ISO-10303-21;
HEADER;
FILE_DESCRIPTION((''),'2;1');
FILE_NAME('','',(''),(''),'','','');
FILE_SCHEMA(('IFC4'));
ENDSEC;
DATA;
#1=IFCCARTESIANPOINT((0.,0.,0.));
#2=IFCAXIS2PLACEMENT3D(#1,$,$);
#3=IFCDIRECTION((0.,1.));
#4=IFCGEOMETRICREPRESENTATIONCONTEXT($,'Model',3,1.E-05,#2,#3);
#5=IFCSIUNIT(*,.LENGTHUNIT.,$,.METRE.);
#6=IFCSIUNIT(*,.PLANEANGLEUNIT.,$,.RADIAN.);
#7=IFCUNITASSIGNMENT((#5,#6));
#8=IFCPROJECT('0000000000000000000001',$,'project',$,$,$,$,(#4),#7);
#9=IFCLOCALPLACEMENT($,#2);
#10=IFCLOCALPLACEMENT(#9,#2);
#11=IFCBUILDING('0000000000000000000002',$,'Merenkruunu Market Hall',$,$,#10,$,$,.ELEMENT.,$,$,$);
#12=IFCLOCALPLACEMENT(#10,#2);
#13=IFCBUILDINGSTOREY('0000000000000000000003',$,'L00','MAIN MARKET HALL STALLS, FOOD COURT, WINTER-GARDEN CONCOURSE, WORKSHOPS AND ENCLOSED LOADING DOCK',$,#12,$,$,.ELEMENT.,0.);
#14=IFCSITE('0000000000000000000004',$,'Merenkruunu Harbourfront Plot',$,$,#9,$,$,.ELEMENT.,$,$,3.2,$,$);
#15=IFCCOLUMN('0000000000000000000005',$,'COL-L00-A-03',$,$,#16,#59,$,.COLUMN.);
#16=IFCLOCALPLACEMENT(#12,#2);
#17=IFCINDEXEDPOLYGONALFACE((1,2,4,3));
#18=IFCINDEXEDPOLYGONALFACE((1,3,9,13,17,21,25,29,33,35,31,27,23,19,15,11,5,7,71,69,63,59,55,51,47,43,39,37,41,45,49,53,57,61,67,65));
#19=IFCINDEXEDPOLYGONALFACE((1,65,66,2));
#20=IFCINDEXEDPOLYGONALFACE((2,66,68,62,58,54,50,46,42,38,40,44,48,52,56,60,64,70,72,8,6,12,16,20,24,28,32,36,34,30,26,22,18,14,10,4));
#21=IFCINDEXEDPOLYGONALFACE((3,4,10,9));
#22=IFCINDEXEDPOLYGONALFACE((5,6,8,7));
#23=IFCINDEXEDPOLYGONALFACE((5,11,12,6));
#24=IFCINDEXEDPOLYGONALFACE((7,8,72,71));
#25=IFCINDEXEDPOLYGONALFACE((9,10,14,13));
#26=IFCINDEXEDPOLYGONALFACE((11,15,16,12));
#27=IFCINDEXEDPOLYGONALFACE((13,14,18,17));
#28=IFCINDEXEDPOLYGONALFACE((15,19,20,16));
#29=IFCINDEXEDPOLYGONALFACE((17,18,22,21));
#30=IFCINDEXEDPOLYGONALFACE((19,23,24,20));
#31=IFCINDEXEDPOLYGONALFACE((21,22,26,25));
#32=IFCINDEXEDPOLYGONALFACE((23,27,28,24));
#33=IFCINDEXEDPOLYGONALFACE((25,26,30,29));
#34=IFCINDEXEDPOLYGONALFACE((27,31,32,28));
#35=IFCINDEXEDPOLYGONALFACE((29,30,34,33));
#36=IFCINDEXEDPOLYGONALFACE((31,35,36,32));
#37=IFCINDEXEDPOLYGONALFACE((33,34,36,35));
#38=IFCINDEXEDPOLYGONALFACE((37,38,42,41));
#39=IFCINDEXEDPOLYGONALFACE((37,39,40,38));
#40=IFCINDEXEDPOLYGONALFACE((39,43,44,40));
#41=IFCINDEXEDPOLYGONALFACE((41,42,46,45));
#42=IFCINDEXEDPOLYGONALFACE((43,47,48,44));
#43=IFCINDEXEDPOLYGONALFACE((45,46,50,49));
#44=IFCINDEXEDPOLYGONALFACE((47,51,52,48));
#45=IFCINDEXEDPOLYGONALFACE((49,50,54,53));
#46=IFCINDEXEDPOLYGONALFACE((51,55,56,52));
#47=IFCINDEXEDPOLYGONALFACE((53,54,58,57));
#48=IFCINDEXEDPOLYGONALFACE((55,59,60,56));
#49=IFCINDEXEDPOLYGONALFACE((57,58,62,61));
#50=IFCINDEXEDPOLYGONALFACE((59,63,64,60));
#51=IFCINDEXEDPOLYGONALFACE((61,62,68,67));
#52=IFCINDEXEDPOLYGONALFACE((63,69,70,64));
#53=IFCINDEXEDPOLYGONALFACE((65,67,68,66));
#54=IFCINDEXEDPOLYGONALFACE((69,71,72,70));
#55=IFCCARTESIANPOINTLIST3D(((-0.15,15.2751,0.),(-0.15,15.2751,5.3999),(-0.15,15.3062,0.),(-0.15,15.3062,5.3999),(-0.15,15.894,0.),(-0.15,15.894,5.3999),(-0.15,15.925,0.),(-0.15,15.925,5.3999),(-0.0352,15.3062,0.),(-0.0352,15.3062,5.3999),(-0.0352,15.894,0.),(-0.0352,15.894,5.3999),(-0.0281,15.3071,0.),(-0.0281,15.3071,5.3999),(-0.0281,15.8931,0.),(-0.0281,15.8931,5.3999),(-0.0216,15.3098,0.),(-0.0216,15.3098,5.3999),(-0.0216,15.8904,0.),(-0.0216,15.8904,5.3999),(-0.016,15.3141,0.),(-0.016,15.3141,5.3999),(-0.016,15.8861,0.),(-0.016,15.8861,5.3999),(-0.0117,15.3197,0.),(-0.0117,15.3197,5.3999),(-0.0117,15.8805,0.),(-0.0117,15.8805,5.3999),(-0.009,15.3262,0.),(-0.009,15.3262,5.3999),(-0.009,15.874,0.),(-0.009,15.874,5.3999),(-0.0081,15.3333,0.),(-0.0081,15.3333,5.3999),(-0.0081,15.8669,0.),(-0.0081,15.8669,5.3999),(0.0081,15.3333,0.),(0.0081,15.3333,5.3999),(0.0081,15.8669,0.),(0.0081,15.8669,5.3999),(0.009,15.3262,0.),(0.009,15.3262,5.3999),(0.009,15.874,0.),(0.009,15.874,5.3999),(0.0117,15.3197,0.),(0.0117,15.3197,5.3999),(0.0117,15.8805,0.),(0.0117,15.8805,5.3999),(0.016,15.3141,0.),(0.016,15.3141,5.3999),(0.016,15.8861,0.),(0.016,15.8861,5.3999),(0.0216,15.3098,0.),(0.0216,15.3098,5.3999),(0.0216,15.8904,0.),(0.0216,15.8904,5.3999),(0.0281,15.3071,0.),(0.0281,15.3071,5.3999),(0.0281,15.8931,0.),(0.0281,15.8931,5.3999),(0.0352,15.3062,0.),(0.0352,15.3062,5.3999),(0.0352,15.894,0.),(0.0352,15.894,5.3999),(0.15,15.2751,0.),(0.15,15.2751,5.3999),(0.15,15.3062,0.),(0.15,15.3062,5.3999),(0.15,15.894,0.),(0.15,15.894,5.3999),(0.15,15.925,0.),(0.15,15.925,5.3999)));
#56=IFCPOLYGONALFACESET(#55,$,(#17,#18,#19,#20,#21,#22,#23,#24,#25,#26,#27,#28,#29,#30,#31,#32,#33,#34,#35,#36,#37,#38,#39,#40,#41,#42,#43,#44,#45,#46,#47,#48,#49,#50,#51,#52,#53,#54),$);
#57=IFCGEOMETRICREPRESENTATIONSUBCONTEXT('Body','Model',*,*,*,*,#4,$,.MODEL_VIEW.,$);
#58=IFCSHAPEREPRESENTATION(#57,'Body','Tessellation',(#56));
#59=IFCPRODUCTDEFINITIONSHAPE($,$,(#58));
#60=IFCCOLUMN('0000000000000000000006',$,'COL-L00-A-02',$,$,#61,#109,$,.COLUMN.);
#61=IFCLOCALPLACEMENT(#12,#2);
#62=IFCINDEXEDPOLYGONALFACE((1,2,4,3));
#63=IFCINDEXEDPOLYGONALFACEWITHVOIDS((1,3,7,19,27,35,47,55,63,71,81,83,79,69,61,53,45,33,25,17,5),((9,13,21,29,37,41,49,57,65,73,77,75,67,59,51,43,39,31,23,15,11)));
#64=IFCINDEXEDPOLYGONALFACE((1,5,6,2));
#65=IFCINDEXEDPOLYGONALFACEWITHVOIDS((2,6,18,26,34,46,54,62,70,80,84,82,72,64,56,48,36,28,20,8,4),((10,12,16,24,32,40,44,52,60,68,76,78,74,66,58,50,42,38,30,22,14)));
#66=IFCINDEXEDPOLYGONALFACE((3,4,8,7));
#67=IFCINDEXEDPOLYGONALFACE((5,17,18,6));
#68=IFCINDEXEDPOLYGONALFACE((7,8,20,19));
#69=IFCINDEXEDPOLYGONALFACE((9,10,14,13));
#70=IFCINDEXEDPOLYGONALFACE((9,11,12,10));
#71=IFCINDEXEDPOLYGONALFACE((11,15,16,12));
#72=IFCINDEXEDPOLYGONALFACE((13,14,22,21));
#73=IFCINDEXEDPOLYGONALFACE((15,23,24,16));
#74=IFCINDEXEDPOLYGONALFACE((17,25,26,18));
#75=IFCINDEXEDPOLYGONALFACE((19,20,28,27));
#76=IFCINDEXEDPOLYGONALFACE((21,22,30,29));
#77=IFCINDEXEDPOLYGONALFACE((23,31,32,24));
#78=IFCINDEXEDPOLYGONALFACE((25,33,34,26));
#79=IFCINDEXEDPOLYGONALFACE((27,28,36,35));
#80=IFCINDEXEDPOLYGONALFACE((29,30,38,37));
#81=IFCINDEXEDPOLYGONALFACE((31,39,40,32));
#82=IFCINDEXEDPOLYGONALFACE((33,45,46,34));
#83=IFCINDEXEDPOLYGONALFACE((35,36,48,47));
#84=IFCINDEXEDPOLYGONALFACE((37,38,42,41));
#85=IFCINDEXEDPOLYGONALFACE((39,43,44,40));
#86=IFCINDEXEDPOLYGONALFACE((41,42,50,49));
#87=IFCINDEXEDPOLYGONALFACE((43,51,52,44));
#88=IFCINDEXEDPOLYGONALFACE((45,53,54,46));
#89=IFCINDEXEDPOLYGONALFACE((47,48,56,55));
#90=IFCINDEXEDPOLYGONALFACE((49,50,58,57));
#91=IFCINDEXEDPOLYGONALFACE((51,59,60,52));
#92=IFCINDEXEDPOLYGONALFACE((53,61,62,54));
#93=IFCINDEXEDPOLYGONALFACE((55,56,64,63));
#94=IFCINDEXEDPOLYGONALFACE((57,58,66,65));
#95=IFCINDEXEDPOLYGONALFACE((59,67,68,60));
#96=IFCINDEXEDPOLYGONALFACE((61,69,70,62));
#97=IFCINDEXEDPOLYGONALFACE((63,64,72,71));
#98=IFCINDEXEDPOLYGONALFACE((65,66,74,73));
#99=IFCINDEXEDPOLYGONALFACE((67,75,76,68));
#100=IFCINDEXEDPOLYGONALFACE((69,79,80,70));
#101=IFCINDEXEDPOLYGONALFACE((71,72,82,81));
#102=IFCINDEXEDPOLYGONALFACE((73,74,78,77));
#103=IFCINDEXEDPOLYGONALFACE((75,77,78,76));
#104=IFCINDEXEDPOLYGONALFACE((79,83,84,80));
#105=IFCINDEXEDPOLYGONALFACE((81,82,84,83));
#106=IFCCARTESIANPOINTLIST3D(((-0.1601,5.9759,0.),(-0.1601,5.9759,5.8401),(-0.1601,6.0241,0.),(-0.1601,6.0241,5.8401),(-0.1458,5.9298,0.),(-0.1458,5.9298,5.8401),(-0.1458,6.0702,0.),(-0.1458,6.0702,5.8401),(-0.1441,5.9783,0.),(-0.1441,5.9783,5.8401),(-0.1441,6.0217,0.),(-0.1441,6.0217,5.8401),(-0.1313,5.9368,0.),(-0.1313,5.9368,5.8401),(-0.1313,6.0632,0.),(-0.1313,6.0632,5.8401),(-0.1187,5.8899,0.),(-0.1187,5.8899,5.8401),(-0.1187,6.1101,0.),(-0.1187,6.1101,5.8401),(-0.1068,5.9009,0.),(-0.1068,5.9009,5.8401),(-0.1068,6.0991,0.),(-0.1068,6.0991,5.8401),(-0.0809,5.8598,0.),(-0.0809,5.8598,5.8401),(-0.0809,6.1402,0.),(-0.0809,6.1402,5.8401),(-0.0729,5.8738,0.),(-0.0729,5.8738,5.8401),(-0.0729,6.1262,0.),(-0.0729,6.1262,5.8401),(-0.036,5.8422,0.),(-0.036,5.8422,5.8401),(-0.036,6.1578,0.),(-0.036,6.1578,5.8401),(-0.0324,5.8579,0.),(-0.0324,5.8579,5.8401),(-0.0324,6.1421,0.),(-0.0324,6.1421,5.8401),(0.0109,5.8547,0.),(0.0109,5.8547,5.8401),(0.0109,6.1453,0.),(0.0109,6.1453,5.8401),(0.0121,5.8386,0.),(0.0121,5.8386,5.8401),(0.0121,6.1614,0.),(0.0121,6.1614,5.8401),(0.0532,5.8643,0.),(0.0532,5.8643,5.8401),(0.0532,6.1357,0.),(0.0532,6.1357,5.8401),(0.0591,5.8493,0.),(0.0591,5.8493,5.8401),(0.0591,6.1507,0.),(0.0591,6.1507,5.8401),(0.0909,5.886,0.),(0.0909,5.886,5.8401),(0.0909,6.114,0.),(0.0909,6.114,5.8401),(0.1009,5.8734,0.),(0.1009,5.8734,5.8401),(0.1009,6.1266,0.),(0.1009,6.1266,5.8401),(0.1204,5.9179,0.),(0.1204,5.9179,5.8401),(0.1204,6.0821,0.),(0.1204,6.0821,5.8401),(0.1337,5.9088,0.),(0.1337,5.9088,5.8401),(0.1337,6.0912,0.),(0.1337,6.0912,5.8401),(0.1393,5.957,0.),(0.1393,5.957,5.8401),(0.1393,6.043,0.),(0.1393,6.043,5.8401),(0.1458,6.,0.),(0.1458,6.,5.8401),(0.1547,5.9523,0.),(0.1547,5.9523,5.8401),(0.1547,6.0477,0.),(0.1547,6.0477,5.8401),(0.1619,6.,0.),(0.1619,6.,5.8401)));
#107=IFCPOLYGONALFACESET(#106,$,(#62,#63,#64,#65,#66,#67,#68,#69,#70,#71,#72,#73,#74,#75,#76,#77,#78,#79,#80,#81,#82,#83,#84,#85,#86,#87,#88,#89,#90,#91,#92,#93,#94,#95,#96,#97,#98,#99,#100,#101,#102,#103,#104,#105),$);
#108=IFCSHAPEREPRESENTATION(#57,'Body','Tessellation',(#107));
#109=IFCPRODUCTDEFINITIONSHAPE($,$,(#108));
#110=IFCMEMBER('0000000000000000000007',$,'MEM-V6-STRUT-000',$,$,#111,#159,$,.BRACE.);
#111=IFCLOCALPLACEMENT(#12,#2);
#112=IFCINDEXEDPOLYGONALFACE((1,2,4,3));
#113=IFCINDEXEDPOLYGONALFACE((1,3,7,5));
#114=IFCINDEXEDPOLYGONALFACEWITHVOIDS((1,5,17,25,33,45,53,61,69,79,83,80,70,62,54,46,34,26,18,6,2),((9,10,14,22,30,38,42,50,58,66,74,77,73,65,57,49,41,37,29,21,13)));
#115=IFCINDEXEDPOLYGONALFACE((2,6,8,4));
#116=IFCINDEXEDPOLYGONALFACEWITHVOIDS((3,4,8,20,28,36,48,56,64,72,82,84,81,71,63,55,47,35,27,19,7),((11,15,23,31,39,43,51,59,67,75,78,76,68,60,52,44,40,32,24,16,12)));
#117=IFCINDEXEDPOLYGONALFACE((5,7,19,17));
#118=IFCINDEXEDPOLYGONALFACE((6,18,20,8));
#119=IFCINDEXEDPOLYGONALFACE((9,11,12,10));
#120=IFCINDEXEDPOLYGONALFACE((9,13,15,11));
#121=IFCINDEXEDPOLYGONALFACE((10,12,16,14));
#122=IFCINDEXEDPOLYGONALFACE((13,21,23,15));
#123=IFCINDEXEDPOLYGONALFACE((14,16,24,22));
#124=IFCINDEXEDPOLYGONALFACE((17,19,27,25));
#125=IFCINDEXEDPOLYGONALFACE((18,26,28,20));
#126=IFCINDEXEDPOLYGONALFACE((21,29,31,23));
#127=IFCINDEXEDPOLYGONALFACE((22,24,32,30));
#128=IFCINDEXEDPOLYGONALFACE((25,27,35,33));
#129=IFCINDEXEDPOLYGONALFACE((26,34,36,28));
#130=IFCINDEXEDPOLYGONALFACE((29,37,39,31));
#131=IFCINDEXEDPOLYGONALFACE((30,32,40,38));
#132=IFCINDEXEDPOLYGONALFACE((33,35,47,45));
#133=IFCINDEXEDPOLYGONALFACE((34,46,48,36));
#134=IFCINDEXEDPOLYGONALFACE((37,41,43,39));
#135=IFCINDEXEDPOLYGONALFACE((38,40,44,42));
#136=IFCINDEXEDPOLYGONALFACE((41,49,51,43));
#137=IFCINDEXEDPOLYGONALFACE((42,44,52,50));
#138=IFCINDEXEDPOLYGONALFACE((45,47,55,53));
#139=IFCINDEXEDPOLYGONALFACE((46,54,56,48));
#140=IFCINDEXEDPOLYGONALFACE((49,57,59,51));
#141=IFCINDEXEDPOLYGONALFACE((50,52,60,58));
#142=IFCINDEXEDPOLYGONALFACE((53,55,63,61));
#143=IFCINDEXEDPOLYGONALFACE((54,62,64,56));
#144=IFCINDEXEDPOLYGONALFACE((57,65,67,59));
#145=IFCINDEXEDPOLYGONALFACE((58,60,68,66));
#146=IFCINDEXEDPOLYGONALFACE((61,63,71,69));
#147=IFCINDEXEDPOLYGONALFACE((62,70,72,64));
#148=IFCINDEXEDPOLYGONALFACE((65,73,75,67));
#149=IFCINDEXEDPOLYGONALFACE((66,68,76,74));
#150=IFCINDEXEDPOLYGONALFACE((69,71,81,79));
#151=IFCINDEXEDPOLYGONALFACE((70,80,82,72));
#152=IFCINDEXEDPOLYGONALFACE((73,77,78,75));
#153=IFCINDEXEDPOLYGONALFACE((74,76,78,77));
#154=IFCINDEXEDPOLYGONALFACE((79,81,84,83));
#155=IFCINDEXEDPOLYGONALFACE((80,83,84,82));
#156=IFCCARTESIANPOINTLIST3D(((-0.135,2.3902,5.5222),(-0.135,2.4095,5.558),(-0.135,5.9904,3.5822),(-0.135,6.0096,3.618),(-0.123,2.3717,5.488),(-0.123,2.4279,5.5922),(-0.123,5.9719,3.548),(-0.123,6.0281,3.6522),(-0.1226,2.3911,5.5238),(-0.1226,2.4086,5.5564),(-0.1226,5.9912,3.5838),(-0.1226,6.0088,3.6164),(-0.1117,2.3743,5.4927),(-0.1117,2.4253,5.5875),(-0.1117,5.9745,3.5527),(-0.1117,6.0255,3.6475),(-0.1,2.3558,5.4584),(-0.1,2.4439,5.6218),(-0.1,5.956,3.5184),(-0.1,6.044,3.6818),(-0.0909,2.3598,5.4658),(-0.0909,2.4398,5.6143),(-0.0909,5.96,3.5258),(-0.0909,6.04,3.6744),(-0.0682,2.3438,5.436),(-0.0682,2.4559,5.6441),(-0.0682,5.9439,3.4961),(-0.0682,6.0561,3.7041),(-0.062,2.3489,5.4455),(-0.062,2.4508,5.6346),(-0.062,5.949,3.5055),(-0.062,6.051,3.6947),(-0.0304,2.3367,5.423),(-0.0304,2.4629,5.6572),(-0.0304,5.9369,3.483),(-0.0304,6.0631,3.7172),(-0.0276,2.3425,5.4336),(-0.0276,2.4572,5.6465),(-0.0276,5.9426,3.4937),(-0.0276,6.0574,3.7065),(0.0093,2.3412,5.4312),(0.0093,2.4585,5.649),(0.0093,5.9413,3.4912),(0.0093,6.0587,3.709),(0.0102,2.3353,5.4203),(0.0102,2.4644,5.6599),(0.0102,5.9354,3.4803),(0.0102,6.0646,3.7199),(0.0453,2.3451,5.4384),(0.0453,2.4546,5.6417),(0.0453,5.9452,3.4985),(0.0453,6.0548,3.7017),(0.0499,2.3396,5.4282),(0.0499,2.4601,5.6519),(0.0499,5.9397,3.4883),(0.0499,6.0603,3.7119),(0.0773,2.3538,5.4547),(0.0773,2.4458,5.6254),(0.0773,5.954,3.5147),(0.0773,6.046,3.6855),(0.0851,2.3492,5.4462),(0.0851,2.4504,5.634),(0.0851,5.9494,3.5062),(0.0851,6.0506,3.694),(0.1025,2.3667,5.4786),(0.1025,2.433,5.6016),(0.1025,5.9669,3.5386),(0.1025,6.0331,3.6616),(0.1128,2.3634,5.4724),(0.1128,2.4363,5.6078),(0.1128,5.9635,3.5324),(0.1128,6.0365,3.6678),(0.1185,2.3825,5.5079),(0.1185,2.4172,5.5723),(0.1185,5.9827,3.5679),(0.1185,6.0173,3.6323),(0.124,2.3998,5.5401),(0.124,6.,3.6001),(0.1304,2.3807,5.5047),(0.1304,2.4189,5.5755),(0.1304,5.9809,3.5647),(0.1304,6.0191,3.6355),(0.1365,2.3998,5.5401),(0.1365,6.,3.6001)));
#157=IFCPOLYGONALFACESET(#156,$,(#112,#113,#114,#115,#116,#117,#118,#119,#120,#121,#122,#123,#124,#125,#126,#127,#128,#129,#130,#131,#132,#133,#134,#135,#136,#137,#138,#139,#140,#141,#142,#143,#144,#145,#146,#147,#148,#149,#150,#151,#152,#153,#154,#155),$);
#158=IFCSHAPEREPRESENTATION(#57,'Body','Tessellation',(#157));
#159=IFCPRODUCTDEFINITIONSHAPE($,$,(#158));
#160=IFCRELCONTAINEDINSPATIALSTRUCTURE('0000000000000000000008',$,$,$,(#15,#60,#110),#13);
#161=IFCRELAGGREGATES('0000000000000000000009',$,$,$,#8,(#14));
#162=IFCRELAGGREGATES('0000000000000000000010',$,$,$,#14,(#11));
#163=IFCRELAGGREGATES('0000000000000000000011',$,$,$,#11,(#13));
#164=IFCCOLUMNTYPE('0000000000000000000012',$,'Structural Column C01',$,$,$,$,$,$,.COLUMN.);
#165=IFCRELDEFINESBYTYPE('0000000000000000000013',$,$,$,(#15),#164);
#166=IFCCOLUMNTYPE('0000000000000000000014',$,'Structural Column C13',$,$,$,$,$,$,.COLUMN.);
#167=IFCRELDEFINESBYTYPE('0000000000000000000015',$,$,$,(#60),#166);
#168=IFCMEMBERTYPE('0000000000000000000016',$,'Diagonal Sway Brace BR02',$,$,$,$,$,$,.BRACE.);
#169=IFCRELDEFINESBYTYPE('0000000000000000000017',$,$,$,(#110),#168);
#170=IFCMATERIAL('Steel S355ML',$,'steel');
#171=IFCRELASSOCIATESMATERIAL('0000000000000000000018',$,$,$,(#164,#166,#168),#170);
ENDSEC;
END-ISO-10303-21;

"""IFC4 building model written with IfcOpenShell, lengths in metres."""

from ifc_helpers import new_model, si_unit, direction, frame, origin, origin_2d, place, context, subcontext, project, spatial, hollow_circle, i_section, extrude, material, material_profile, profile_set, type_object, element, save


model = new_model("IFC4")

# Units and contexts
model_context = context("Model", 3, precision=1e-05, world=origin(), true_north=direction((0.0, 1.0)))
body_context = subcontext(model_context, "Body", "Model", "MODEL_VIEW")
ifc_project = project(units=[si_unit("LENGTHUNIT", "METRE"), si_unit("PLANEANGLEUNIT", "RADIAN")], contexts=[model_context])

# Site, building, storey
site_placement = place(None, origin())
site = spatial("IfcSite", under=ifc_project, at=site_placement, Name="Merenkruunu Harbourfront Plot", CompositionType="ELEMENT", RefElevation=3.2)
building_placement = place(site_placement, origin())
building = spatial("IfcBuilding", under=site, at=building_placement, Name="Merenkruunu Market Hall", CompositionType="ELEMENT")
storey_placement = place(building_placement, origin())
storey = spatial("IfcBuildingStorey", under=building, at=storey_placement, Name="L00", Description="MAIN MARKET HALL STALLS, FOOD COURT, WINTER-GARDEN CONCOURSE, WORKSHOPS AND ENCLOSED LOADING DOCK", CompositionType="ELEMENT", Elevation=0.0)

# Columns
ifc_material_1 = material(Name="Steel S355ML", Category="steel")
ifc_material_profile_1 = material_profile(ifc_material_1, i_section(OverallWidth=0.3, OverallDepth=0.6499, WebThickness=0.0161, FlangeThickness=0.031, FilletRadius=0.0271, at=origin_2d()), Name="HEB 650")
ifc_profile_set_1 = profile_set([ifc_material_profile_1], Name="Steel S355ML")
column_type_1 = type_object("IfcColumnType", Name="Structural Column C01", PredefinedType="COLUMN", material=ifc_profile_set_1)
column_1_placement = place(storey_placement, frame((0.0, 15.6001, 0.0), z_axis=(0.0, 0.0, 1.0), x_axis=(1.0, 0.0, 0.0)))
element("IfcColumn", 1, at=column_1_placement, inside=storey, type_object=column_type_1, Name="COL-L00-A-03", PredefinedType="COLUMN", context=body_context, shape_type="SweptSolid", body=[
    extrude(i_section(OverallWidth=0.3, OverallDepth=0.6499, WebThickness=0.0161, FlangeThickness=0.031, FilletRadius=0.0271, at=origin_2d()), origin(), (0.0, 0.0, 1.0), 5.3999),
])
ifc_material_profile_2 = material_profile(ifc_material_1, hollow_circle(Radius=0.1619, WallThickness=0.0161, at=origin_2d()), Name="CHS 323.9x16")
ifc_profile_set_2 = profile_set([ifc_material_profile_2], Name="Steel S355ML")
column_type_2 = type_object("IfcColumnType", Name="Structural Column C13", PredefinedType="COLUMN", material=ifc_profile_set_2)
column_2_placement = place(storey_placement, frame((0.0, 6.0, 0.0), z_axis=(0.0, 0.0, 1.0), x_axis=(1.0, 0.0, 0.0)))
element("IfcColumn", 2, at=column_2_placement, inside=storey, type_object=column_type_2, Name="COL-L00-A-02", PredefinedType="COLUMN", context=body_context, shape_type="SweptSolid", body=[
    extrude(hollow_circle(Radius=0.1619, WallThickness=0.0161, at=origin_2d()), origin(), (0.0, 0.0, 1.0), 5.8401),
])

# Member
ifc_material_profile_3 = material_profile(ifc_material_1, hollow_circle(Radius=0.1365, WallThickness=0.0125, at=origin_2d()), Name="CHS 273x12.5")
ifc_profile_set_3 = profile_set([ifc_material_profile_3], Name="Steel S355ML")
member_type = type_object("IfcMemberType", Name="Diagonal Sway Brace BR02", PredefinedType="BRACE", material=ifc_profile_set_3)
member_placement = place(storey_placement, frame((0.0, 6.0, 3.6001), z_axis=(0.0, -0.880325, 0.47437), x_axis=(1.0, 0.0, 0.0)))
element("IfcMember", 3, at=member_placement, inside=storey, type_object=member_type, Name="MEM-V6-STRUT-000", PredefinedType="BRACE", context=body_context, shape_type="SweptSolid", body=[
    extrude(hollow_circle(Radius=0.1365, WallThickness=0.0125, at=origin_2d()), origin(), (0.0, 0.0, 1.0), 4.0896),
])

save(model, "model.ifc")
